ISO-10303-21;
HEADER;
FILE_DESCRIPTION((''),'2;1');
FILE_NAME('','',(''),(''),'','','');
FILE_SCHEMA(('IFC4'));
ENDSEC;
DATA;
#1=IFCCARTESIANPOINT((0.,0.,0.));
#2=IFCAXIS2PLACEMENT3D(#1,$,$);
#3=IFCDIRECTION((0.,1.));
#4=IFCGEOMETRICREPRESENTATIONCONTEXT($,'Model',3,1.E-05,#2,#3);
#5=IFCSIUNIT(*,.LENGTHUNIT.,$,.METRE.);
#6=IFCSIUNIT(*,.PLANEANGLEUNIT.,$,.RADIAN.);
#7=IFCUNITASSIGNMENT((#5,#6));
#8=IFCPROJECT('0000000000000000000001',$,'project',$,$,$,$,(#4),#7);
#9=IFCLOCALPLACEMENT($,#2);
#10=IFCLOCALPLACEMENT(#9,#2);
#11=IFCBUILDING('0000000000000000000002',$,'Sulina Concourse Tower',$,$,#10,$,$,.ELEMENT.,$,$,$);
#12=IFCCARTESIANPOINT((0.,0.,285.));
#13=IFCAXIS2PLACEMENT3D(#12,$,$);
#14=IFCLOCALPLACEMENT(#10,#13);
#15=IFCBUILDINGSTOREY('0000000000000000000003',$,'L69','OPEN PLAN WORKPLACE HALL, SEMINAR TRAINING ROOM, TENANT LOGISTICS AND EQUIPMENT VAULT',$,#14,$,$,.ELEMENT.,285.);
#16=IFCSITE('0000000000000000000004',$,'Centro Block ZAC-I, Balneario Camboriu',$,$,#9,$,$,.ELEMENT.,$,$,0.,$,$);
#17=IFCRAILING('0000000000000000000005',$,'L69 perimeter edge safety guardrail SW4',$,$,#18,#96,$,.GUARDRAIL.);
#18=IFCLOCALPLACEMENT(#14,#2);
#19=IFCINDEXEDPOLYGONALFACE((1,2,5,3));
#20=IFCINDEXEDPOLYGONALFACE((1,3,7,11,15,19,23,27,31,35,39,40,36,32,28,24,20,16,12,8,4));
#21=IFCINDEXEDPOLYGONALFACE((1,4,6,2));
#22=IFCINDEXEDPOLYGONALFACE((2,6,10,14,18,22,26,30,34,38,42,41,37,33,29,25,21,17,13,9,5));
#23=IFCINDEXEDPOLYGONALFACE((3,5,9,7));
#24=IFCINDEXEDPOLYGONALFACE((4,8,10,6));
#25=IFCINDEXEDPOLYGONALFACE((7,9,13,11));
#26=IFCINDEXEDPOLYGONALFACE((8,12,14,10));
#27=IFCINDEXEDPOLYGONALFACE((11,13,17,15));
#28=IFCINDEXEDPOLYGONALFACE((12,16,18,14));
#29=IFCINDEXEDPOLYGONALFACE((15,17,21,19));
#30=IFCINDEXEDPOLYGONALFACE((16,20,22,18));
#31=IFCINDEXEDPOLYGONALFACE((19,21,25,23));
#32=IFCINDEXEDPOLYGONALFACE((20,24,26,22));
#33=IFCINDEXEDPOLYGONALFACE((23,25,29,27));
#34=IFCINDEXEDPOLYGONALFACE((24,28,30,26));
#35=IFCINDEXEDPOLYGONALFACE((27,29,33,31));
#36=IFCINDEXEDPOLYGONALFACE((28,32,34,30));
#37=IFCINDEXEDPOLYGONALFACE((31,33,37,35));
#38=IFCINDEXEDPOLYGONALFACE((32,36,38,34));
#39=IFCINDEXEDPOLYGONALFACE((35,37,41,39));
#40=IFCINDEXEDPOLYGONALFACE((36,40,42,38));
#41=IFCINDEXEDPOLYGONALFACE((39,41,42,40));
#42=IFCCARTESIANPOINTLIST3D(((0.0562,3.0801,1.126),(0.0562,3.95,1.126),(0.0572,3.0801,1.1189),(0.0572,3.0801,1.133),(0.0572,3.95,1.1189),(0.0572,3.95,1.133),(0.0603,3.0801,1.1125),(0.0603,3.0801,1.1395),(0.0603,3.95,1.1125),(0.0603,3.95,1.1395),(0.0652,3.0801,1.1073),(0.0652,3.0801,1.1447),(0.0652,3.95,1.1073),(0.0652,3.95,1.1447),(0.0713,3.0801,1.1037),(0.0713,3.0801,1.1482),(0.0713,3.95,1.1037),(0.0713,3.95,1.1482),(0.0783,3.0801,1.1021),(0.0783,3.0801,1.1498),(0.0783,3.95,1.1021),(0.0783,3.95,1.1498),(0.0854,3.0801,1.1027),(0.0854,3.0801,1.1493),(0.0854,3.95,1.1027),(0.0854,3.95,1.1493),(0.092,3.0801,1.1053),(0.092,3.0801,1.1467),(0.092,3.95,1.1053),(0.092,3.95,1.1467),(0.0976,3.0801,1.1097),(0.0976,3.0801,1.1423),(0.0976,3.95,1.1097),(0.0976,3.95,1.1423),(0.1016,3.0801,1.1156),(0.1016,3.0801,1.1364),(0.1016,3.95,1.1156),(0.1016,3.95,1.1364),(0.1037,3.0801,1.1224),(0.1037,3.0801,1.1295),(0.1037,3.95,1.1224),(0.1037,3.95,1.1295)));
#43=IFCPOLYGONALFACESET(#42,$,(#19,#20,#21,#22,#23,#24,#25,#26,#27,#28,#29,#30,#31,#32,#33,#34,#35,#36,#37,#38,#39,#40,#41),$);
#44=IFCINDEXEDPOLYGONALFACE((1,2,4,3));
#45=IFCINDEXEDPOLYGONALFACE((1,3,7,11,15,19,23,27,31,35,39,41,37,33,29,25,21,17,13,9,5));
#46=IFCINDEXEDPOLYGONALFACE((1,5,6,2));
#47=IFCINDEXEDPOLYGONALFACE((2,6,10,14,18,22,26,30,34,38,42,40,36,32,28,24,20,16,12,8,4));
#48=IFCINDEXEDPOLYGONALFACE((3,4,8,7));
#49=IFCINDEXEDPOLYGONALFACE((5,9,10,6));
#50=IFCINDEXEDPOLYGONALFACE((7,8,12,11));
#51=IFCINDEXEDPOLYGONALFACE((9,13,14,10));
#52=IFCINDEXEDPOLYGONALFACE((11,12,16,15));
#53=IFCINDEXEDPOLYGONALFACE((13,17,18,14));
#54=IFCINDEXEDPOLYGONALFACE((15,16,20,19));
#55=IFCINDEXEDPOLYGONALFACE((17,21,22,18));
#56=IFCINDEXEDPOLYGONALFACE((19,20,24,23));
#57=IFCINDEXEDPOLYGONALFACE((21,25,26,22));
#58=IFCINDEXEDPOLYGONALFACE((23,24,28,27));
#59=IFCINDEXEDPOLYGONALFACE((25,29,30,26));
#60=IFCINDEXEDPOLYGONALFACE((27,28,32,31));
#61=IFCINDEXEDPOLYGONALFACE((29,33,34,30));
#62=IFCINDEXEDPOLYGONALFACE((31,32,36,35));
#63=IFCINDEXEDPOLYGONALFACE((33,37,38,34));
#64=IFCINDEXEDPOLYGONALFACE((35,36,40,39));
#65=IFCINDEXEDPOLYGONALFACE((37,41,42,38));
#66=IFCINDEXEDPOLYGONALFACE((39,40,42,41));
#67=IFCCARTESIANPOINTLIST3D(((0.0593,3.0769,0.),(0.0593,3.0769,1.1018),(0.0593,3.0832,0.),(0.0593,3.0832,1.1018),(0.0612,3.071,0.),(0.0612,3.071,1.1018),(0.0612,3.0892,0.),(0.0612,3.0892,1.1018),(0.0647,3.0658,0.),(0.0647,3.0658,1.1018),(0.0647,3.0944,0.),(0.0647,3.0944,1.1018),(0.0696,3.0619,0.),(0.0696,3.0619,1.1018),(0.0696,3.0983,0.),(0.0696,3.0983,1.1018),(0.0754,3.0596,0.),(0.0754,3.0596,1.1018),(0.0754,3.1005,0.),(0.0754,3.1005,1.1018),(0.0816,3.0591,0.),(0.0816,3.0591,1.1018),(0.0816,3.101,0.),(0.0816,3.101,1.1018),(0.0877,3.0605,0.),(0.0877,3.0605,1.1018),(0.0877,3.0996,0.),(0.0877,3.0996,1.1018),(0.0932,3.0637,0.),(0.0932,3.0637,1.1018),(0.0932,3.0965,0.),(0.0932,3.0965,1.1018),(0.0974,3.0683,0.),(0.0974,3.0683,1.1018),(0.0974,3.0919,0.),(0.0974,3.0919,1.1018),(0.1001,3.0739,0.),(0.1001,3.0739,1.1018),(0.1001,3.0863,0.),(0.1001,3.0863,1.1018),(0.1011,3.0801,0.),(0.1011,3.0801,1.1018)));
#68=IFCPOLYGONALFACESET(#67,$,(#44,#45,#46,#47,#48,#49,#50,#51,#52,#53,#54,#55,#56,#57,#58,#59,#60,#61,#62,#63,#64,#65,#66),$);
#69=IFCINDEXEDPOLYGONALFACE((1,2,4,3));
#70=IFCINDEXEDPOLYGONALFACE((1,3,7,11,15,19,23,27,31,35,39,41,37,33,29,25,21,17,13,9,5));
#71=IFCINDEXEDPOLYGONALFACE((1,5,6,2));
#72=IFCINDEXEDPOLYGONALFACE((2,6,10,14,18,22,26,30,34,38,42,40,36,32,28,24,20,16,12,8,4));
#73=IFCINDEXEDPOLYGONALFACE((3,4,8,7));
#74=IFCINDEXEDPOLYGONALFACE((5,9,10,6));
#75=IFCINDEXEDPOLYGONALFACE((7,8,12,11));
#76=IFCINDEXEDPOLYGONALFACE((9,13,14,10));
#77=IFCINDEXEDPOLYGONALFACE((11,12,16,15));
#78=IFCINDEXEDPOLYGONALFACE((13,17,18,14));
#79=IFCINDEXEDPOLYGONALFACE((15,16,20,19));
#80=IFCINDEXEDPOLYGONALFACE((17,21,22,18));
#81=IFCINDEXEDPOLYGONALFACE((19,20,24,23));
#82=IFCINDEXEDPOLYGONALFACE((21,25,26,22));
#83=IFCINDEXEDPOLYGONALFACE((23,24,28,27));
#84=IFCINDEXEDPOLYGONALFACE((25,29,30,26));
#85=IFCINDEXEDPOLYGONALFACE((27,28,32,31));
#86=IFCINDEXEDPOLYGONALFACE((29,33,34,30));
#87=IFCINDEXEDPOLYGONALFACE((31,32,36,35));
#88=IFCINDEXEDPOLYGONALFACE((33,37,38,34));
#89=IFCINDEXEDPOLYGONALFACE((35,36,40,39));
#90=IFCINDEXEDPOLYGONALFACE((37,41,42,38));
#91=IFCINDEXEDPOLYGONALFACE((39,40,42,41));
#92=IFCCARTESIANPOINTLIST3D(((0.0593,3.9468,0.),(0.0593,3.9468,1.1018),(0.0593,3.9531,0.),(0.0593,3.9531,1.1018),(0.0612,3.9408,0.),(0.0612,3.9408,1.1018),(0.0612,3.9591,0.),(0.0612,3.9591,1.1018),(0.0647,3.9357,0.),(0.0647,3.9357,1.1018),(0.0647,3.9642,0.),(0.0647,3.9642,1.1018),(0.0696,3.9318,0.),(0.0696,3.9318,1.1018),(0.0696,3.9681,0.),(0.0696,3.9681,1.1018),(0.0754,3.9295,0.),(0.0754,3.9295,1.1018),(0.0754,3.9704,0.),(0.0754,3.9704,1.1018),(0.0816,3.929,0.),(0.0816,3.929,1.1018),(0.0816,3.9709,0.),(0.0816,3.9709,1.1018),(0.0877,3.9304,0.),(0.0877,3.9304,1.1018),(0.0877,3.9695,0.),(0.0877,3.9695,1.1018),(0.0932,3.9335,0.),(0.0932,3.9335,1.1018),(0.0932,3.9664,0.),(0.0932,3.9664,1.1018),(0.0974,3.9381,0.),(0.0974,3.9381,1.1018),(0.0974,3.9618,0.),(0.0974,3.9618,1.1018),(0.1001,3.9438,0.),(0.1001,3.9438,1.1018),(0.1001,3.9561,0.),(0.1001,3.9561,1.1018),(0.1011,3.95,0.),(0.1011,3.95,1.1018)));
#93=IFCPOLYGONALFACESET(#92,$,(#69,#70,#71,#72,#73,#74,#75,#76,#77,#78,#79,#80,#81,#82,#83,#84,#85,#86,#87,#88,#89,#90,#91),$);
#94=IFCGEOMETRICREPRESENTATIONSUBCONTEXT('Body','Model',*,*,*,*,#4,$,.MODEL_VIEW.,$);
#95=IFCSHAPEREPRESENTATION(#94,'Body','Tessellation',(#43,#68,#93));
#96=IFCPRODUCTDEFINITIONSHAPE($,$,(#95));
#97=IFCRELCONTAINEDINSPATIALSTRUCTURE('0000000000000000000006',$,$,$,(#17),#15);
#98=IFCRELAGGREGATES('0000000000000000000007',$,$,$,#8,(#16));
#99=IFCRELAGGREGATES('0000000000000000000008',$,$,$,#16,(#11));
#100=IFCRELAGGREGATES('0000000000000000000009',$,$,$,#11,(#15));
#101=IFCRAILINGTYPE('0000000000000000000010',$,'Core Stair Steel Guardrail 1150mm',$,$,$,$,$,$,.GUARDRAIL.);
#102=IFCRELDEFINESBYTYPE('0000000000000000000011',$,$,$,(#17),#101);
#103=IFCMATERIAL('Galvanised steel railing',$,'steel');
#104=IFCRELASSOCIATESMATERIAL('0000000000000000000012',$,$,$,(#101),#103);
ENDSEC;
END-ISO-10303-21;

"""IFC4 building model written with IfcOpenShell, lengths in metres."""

from ifc_helpers import new_model, si_unit, direction, frame, origin, origin_2d, place, context, subcontext, project, spatial, circle, extrude, material, type_object, element, save


model = new_model("IFC4")

# Units and contexts
model_context = context("Model", 3, precision=1e-05, world=origin(), true_north=direction((0.0, 1.0)))
body_context = subcontext(model_context, "Body", "Model", "MODEL_VIEW")
ifc_project = project(units=[si_unit("LENGTHUNIT", "METRE"), si_unit("PLANEANGLEUNIT", "RADIAN")], contexts=[model_context])

# Site, building, storey
site_placement = place(None, origin())
site = spatial("IfcSite", under=ifc_project, at=site_placement, Name="Centro Block ZAC-I, Balneario Camboriu", CompositionType="ELEMENT", RefElevation=0.0)
building_placement = place(site_placement, origin())
building = spatial("IfcBuilding", under=site, at=building_placement, Name="Sulina Concourse Tower", CompositionType="ELEMENT")
storey_placement = place(building_placement, frame((0.0, 0.0, 285.0)))
storey = spatial("IfcBuildingStorey", under=building, at=storey_placement, Name="L69", Description="OPEN PLAN WORKPLACE HALL, SEMINAR TRAINING ROOM, TENANT LOGISTICS AND EQUIPMENT VAULT", CompositionType="ELEMENT", Elevation=285.0)

# Railing
ifc_material_1 = material(Name="Galvanised steel railing", Category="steel")
railing_type = type_object("IfcRailingType", Name="Core Stair Steel Guardrail 1150mm", PredefinedType="GUARDRAIL", material=ifc_material_1)
railing_1_placement = place(storey_placement, frame((0.0801, 3.0801, 0.0)))
element("IfcRailing", 1, at=railing_1_placement, inside=storey, type_object=railing_type, Name="L69 perimeter edge safety guardrail SW4", PredefinedType="GUARDRAIL", context=body_context, shape_type="SweptSolid", body=[
    extrude(circle(Radius=0.0239, at=origin_2d()), frame((0.0, 0.0, 1.126), z_axis=(0.0, 1.0, 0.0), x_axis=(-1.0, 0.0, 0.0)), (0.0, 0.0, 1.0), 0.8699),
    extrude(circle(Radius=0.021, at=origin_2d()), origin(), (0.0, 0.0, 1.0), 1.1018),
    extrude(circle(Radius=0.021, at=origin_2d()), frame((0.0, 0.8699, 0.0)), (0.0, 0.0, 1.0), 1.1018),
])

save(model, "model.ifc")
